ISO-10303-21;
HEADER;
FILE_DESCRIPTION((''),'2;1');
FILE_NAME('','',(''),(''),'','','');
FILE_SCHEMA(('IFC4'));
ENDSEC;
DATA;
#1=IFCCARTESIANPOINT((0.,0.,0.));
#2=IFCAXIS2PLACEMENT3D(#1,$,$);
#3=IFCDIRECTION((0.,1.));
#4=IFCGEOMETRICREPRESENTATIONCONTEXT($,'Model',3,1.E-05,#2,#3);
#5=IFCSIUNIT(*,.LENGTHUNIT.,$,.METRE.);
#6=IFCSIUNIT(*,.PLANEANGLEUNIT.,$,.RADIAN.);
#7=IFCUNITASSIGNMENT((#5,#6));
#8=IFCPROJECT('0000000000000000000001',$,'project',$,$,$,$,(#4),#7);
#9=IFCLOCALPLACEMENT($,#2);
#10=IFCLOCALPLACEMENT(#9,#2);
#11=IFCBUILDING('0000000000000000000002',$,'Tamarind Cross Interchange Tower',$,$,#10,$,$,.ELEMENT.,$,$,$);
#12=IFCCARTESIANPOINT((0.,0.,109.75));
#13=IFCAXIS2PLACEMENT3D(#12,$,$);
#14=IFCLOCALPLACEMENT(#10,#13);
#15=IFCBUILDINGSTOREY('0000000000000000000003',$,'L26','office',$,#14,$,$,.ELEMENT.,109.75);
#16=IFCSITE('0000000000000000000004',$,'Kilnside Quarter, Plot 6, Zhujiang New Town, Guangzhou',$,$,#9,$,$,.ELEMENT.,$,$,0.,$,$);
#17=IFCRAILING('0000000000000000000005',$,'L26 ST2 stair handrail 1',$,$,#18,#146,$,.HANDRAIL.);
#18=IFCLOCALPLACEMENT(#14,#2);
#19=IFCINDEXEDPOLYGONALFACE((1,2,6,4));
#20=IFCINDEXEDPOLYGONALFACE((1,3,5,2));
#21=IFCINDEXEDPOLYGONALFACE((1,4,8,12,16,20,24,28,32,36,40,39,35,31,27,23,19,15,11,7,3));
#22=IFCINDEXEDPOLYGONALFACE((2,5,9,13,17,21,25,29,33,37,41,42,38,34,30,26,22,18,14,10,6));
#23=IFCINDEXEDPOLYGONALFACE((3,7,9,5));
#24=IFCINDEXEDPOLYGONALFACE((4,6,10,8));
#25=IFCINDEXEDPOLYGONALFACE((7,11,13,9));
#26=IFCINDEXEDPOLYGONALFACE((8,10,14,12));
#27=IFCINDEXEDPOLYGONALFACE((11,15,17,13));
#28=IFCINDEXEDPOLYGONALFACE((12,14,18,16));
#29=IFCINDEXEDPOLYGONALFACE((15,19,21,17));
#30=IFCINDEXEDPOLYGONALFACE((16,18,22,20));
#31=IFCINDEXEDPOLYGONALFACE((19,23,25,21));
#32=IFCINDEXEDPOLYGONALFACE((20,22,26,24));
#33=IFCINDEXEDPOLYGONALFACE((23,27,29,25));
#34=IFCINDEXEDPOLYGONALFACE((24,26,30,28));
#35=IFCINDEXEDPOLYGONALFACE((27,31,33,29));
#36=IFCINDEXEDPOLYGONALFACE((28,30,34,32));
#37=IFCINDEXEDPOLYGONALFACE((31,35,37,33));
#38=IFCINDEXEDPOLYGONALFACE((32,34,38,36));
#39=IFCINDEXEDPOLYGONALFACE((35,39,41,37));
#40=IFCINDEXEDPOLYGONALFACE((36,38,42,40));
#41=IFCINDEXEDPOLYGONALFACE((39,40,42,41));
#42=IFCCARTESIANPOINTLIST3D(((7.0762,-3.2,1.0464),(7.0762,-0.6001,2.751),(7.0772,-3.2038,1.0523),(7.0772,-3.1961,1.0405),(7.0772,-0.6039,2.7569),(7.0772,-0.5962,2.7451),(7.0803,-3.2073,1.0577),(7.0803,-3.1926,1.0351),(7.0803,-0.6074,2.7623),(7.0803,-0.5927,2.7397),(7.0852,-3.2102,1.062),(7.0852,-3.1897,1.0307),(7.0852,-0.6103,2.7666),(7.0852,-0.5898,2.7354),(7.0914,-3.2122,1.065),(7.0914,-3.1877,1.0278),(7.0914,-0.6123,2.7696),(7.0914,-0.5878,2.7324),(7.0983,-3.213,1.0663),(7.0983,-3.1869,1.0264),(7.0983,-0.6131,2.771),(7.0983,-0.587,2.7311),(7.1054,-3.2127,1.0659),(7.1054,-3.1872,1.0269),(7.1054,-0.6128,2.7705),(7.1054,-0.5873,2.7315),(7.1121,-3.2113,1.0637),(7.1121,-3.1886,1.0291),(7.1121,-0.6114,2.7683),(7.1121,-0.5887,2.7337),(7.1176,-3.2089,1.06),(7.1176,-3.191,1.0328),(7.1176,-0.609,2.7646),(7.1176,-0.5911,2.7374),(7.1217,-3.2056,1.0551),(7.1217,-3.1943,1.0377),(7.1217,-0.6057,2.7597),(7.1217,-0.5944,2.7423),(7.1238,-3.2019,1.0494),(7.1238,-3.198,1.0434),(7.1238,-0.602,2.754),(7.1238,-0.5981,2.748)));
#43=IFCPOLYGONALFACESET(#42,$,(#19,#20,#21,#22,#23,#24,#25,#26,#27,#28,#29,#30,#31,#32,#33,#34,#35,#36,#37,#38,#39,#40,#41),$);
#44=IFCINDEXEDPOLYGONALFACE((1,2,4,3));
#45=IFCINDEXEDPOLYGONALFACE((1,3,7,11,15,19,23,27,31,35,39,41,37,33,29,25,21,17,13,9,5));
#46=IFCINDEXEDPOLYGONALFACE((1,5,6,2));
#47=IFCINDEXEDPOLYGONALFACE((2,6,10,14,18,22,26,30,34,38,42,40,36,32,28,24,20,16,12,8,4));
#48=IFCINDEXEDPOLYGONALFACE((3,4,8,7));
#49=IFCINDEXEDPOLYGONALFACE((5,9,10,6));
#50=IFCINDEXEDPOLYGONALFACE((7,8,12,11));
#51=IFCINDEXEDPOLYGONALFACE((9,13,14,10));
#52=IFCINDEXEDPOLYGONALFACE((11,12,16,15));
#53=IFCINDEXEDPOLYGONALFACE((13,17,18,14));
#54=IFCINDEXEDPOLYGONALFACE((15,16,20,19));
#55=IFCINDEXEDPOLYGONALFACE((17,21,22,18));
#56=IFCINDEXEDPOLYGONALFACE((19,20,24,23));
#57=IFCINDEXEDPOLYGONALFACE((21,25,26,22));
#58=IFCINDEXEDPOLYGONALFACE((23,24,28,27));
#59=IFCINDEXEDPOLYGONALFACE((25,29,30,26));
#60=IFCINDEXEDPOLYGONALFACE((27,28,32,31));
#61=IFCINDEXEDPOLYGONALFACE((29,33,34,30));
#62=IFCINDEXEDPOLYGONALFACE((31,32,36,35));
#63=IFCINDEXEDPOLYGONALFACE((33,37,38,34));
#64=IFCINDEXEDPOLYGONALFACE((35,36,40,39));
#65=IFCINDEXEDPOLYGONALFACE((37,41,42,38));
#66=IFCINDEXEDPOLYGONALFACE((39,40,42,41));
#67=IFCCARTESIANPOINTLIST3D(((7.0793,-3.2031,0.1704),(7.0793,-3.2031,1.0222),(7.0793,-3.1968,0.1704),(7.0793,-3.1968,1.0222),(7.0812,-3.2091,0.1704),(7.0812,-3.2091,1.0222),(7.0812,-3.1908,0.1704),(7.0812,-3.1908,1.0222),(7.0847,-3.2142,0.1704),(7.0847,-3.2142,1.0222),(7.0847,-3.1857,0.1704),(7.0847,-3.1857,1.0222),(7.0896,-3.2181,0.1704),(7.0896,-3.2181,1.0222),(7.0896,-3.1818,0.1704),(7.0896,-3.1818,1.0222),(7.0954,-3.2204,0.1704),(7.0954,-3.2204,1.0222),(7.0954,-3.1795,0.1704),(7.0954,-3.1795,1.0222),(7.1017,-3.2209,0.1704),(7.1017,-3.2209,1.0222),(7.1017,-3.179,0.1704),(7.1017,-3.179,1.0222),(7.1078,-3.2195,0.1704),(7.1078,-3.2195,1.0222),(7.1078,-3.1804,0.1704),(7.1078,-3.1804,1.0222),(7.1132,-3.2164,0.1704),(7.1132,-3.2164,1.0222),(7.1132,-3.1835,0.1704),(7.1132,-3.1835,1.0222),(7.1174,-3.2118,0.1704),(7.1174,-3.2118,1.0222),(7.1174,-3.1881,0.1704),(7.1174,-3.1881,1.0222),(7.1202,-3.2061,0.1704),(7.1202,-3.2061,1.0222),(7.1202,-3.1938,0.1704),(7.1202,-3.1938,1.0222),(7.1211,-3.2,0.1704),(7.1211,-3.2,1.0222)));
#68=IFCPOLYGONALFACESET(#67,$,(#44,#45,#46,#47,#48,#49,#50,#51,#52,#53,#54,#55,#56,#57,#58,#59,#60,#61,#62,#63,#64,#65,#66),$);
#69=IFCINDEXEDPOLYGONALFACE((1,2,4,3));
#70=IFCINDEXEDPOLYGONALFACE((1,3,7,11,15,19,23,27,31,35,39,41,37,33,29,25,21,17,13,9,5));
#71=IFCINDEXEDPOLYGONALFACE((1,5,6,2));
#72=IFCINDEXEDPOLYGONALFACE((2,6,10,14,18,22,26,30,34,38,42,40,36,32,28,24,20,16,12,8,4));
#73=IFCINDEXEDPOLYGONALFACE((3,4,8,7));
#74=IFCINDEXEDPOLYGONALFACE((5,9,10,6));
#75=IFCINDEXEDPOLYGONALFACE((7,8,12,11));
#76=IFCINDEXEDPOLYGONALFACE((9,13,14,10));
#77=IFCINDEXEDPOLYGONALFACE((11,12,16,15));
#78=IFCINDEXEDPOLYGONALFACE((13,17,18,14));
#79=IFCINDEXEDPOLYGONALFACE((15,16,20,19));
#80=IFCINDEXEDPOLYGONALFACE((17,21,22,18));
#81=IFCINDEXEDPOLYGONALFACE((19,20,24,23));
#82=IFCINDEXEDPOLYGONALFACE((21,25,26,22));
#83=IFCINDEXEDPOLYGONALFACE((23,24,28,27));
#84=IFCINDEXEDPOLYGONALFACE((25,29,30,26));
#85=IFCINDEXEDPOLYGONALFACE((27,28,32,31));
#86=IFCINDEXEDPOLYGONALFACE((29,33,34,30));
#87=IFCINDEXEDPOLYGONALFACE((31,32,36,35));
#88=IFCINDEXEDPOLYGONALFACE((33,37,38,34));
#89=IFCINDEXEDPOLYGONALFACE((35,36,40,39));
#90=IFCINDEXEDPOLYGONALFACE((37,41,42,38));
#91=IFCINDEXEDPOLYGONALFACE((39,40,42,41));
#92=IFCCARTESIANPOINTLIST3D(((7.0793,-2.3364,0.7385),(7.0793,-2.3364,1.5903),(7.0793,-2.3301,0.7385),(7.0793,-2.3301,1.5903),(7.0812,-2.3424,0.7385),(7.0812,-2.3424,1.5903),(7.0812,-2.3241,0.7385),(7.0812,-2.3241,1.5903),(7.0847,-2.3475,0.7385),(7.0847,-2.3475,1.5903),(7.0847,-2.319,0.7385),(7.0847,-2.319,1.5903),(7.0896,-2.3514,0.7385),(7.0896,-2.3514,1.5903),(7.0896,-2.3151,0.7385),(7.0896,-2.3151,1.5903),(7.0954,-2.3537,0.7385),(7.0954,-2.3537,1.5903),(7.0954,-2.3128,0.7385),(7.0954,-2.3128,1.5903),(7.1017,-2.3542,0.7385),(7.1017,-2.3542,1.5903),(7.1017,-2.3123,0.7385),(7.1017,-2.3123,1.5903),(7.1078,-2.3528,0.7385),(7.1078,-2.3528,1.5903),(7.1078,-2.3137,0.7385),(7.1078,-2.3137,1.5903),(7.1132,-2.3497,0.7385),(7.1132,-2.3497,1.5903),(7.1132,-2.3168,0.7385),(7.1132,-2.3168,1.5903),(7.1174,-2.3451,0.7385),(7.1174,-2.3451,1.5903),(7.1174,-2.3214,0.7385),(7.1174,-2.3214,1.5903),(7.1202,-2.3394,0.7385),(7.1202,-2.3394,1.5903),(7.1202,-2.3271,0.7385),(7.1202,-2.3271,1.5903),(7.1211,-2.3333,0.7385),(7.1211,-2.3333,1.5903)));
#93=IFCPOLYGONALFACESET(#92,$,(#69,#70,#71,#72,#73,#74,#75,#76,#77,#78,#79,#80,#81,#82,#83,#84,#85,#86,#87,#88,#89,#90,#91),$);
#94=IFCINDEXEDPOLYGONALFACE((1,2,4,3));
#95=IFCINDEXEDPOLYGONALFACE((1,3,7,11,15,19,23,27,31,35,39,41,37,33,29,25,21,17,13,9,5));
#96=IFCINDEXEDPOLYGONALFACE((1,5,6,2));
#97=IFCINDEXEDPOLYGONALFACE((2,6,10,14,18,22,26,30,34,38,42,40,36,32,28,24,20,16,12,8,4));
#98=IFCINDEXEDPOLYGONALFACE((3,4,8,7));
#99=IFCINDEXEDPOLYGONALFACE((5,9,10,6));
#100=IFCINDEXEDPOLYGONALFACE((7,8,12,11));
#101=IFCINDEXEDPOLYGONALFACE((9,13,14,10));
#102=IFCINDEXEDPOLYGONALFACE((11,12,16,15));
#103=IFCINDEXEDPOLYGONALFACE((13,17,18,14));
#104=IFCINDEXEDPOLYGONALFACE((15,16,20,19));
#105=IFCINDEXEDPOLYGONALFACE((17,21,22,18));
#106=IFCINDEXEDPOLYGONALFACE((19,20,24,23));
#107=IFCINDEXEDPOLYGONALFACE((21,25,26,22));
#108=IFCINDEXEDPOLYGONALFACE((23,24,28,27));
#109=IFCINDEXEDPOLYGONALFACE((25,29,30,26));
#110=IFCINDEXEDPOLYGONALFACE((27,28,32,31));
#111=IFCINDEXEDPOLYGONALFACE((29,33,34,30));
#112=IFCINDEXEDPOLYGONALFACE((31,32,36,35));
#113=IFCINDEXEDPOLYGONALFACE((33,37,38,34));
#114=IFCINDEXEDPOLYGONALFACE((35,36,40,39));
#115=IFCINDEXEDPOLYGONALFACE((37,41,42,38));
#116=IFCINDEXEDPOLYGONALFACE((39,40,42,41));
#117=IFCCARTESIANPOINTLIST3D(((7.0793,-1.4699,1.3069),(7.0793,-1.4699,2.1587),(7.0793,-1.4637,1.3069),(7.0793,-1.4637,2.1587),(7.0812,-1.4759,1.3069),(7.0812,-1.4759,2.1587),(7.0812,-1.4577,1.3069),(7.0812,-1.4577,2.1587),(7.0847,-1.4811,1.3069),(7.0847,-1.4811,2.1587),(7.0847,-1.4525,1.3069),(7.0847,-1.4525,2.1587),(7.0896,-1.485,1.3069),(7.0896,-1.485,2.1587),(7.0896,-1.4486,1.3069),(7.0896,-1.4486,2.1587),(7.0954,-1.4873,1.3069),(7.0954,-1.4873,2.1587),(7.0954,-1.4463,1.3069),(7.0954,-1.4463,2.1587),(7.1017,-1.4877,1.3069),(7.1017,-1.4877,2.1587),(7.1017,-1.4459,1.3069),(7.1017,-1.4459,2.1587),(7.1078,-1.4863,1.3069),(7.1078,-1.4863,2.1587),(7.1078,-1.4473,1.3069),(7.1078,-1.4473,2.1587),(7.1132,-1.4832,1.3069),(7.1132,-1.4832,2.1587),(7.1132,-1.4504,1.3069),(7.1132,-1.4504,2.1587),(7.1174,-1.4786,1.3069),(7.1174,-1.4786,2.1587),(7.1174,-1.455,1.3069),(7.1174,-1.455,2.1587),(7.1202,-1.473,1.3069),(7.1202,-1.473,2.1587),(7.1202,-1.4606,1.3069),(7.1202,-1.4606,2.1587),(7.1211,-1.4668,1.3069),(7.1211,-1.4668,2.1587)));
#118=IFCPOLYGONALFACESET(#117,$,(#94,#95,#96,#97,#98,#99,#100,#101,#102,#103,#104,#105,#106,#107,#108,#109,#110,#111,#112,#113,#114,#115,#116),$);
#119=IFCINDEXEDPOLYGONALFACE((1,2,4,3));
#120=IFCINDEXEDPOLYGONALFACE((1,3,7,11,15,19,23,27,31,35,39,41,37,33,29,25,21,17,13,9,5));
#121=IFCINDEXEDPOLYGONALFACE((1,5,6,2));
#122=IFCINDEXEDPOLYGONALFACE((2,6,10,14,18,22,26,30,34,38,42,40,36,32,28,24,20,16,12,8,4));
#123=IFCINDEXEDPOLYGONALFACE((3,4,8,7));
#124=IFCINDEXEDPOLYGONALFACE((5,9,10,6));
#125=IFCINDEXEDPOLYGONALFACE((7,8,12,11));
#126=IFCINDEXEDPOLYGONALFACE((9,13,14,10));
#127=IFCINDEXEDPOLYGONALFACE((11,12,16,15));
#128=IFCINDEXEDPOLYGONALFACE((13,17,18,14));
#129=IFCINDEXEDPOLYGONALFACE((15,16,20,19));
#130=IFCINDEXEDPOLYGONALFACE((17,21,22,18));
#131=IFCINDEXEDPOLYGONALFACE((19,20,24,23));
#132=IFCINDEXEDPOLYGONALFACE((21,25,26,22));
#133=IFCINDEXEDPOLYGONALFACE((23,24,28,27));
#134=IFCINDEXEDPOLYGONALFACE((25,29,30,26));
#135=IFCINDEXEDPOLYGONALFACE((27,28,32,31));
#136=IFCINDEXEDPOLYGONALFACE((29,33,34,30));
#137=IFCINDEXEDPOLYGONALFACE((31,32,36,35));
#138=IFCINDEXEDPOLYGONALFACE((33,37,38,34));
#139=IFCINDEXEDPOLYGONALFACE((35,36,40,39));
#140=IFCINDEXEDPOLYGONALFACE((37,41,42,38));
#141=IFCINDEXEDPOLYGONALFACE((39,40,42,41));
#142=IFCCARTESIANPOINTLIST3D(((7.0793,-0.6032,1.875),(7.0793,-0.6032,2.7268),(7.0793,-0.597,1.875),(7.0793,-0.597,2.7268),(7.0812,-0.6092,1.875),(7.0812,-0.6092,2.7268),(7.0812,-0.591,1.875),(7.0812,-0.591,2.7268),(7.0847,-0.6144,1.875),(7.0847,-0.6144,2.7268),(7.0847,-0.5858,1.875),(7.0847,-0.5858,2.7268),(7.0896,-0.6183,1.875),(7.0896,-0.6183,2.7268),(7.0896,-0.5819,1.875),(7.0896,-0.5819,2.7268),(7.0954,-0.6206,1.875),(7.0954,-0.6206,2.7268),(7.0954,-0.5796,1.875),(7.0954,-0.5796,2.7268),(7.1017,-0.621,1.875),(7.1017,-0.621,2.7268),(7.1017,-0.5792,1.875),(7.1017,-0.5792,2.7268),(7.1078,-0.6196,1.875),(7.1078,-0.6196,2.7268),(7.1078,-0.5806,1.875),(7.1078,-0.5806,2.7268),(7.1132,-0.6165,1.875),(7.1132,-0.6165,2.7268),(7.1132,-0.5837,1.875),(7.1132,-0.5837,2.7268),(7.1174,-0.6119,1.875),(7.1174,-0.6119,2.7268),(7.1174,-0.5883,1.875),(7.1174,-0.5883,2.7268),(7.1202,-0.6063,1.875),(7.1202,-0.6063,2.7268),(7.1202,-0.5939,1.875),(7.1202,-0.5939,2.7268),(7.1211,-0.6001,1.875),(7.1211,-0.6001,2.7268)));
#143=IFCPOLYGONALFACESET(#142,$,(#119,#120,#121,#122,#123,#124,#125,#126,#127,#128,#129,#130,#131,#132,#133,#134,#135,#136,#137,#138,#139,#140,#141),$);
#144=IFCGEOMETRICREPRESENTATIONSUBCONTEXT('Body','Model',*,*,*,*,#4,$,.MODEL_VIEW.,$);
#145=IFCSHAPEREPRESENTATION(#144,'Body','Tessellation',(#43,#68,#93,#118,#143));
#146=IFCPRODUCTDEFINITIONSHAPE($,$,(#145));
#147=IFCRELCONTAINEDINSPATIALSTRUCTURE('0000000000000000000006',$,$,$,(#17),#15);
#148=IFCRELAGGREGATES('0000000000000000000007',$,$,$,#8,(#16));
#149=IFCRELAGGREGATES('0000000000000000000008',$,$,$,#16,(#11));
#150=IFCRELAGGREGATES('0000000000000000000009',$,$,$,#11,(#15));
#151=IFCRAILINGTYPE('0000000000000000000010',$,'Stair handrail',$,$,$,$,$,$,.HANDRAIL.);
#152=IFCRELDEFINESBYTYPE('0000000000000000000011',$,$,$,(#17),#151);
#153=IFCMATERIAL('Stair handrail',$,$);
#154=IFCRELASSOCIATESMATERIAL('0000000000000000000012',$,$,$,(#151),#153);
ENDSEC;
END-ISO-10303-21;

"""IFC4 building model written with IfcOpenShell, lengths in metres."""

from ifc_helpers import new_model, si_unit, direction, frame, origin, origin_2d, place, context, subcontext, project, spatial, circle, extrude, material, type_object, element, save


model = new_model("IFC4")

# Units and contexts
model_context = context("Model", 3, precision=1e-05, world=origin(), true_north=direction((0.0, 1.0)))
body_context = subcontext(model_context, "Body", "Model", "MODEL_VIEW")
ifc_project = project(units=[si_unit("LENGTHUNIT", "METRE"), si_unit("PLANEANGLEUNIT", "RADIAN")], contexts=[model_context])

# Site, building, storey
site_placement = place(None, origin())
site = spatial("IfcSite", under=ifc_project, at=site_placement, Name="Kilnside Quarter, Plot 6, Zhujiang New Town, Guangzhou", CompositionType="ELEMENT", RefElevation=0.0)
building_placement = place(site_placement, origin())
building = spatial("IfcBuilding", under=site, at=building_placement, Name="Tamarind Cross Interchange Tower", CompositionType="ELEMENT")
storey_placement = place(building_placement, frame((0.0, 0.0, 109.75)))
storey = spatial("IfcBuildingStorey", under=building, at=storey_placement, Name="L26", Description="office", CompositionType="ELEMENT", Elevation=109.75)

# Railing
ifc_material_1 = material(Name="Stair handrail")
railing_type_1 = type_object("IfcRailingType", Name="Stair handrail", PredefinedType="HANDRAIL", material=ifc_material_1)
railing_1_placement = place(storey_placement, frame((7.1001, -3.2, 0.1704)))
element("IfcRailing", 1, at=railing_1_placement, inside=storey, type_object=railing_type_1, Name="L26 ST2 stair handrail 1", PredefinedType="HANDRAIL", context=body_context, shape_type="SweptSolid", body=[
    extrude(circle(Radius=0.0239, at=origin_2d()), frame((0.0, 0.0, 0.876), z_axis=(0.0, 0.836279, 0.548305), x_axis=(-1.0, 0.0, 0.0)), (0.0, 0.0, 1.0), 3.1089),
    extrude(circle(Radius=0.021, at=origin_2d()), origin(), (0.0, 0.0, 1.0), 0.8518),
    extrude(circle(Radius=0.021, at=origin_2d()), frame((0.0, 0.8667, 0.5681)), (0.0, 0.0, 1.0), 0.8518),
    extrude(circle(Radius=0.021, at=origin_2d()), frame((0.0, 1.7332, 1.1365)), (0.0, 0.0, 1.0), 0.8518),
    extrude(circle(Radius=0.021, at=origin_2d()), frame((0.0, 2.5999, 1.7046)), (0.0, 0.0, 1.0), 0.8518),
])

save(model, "model.ifc")
